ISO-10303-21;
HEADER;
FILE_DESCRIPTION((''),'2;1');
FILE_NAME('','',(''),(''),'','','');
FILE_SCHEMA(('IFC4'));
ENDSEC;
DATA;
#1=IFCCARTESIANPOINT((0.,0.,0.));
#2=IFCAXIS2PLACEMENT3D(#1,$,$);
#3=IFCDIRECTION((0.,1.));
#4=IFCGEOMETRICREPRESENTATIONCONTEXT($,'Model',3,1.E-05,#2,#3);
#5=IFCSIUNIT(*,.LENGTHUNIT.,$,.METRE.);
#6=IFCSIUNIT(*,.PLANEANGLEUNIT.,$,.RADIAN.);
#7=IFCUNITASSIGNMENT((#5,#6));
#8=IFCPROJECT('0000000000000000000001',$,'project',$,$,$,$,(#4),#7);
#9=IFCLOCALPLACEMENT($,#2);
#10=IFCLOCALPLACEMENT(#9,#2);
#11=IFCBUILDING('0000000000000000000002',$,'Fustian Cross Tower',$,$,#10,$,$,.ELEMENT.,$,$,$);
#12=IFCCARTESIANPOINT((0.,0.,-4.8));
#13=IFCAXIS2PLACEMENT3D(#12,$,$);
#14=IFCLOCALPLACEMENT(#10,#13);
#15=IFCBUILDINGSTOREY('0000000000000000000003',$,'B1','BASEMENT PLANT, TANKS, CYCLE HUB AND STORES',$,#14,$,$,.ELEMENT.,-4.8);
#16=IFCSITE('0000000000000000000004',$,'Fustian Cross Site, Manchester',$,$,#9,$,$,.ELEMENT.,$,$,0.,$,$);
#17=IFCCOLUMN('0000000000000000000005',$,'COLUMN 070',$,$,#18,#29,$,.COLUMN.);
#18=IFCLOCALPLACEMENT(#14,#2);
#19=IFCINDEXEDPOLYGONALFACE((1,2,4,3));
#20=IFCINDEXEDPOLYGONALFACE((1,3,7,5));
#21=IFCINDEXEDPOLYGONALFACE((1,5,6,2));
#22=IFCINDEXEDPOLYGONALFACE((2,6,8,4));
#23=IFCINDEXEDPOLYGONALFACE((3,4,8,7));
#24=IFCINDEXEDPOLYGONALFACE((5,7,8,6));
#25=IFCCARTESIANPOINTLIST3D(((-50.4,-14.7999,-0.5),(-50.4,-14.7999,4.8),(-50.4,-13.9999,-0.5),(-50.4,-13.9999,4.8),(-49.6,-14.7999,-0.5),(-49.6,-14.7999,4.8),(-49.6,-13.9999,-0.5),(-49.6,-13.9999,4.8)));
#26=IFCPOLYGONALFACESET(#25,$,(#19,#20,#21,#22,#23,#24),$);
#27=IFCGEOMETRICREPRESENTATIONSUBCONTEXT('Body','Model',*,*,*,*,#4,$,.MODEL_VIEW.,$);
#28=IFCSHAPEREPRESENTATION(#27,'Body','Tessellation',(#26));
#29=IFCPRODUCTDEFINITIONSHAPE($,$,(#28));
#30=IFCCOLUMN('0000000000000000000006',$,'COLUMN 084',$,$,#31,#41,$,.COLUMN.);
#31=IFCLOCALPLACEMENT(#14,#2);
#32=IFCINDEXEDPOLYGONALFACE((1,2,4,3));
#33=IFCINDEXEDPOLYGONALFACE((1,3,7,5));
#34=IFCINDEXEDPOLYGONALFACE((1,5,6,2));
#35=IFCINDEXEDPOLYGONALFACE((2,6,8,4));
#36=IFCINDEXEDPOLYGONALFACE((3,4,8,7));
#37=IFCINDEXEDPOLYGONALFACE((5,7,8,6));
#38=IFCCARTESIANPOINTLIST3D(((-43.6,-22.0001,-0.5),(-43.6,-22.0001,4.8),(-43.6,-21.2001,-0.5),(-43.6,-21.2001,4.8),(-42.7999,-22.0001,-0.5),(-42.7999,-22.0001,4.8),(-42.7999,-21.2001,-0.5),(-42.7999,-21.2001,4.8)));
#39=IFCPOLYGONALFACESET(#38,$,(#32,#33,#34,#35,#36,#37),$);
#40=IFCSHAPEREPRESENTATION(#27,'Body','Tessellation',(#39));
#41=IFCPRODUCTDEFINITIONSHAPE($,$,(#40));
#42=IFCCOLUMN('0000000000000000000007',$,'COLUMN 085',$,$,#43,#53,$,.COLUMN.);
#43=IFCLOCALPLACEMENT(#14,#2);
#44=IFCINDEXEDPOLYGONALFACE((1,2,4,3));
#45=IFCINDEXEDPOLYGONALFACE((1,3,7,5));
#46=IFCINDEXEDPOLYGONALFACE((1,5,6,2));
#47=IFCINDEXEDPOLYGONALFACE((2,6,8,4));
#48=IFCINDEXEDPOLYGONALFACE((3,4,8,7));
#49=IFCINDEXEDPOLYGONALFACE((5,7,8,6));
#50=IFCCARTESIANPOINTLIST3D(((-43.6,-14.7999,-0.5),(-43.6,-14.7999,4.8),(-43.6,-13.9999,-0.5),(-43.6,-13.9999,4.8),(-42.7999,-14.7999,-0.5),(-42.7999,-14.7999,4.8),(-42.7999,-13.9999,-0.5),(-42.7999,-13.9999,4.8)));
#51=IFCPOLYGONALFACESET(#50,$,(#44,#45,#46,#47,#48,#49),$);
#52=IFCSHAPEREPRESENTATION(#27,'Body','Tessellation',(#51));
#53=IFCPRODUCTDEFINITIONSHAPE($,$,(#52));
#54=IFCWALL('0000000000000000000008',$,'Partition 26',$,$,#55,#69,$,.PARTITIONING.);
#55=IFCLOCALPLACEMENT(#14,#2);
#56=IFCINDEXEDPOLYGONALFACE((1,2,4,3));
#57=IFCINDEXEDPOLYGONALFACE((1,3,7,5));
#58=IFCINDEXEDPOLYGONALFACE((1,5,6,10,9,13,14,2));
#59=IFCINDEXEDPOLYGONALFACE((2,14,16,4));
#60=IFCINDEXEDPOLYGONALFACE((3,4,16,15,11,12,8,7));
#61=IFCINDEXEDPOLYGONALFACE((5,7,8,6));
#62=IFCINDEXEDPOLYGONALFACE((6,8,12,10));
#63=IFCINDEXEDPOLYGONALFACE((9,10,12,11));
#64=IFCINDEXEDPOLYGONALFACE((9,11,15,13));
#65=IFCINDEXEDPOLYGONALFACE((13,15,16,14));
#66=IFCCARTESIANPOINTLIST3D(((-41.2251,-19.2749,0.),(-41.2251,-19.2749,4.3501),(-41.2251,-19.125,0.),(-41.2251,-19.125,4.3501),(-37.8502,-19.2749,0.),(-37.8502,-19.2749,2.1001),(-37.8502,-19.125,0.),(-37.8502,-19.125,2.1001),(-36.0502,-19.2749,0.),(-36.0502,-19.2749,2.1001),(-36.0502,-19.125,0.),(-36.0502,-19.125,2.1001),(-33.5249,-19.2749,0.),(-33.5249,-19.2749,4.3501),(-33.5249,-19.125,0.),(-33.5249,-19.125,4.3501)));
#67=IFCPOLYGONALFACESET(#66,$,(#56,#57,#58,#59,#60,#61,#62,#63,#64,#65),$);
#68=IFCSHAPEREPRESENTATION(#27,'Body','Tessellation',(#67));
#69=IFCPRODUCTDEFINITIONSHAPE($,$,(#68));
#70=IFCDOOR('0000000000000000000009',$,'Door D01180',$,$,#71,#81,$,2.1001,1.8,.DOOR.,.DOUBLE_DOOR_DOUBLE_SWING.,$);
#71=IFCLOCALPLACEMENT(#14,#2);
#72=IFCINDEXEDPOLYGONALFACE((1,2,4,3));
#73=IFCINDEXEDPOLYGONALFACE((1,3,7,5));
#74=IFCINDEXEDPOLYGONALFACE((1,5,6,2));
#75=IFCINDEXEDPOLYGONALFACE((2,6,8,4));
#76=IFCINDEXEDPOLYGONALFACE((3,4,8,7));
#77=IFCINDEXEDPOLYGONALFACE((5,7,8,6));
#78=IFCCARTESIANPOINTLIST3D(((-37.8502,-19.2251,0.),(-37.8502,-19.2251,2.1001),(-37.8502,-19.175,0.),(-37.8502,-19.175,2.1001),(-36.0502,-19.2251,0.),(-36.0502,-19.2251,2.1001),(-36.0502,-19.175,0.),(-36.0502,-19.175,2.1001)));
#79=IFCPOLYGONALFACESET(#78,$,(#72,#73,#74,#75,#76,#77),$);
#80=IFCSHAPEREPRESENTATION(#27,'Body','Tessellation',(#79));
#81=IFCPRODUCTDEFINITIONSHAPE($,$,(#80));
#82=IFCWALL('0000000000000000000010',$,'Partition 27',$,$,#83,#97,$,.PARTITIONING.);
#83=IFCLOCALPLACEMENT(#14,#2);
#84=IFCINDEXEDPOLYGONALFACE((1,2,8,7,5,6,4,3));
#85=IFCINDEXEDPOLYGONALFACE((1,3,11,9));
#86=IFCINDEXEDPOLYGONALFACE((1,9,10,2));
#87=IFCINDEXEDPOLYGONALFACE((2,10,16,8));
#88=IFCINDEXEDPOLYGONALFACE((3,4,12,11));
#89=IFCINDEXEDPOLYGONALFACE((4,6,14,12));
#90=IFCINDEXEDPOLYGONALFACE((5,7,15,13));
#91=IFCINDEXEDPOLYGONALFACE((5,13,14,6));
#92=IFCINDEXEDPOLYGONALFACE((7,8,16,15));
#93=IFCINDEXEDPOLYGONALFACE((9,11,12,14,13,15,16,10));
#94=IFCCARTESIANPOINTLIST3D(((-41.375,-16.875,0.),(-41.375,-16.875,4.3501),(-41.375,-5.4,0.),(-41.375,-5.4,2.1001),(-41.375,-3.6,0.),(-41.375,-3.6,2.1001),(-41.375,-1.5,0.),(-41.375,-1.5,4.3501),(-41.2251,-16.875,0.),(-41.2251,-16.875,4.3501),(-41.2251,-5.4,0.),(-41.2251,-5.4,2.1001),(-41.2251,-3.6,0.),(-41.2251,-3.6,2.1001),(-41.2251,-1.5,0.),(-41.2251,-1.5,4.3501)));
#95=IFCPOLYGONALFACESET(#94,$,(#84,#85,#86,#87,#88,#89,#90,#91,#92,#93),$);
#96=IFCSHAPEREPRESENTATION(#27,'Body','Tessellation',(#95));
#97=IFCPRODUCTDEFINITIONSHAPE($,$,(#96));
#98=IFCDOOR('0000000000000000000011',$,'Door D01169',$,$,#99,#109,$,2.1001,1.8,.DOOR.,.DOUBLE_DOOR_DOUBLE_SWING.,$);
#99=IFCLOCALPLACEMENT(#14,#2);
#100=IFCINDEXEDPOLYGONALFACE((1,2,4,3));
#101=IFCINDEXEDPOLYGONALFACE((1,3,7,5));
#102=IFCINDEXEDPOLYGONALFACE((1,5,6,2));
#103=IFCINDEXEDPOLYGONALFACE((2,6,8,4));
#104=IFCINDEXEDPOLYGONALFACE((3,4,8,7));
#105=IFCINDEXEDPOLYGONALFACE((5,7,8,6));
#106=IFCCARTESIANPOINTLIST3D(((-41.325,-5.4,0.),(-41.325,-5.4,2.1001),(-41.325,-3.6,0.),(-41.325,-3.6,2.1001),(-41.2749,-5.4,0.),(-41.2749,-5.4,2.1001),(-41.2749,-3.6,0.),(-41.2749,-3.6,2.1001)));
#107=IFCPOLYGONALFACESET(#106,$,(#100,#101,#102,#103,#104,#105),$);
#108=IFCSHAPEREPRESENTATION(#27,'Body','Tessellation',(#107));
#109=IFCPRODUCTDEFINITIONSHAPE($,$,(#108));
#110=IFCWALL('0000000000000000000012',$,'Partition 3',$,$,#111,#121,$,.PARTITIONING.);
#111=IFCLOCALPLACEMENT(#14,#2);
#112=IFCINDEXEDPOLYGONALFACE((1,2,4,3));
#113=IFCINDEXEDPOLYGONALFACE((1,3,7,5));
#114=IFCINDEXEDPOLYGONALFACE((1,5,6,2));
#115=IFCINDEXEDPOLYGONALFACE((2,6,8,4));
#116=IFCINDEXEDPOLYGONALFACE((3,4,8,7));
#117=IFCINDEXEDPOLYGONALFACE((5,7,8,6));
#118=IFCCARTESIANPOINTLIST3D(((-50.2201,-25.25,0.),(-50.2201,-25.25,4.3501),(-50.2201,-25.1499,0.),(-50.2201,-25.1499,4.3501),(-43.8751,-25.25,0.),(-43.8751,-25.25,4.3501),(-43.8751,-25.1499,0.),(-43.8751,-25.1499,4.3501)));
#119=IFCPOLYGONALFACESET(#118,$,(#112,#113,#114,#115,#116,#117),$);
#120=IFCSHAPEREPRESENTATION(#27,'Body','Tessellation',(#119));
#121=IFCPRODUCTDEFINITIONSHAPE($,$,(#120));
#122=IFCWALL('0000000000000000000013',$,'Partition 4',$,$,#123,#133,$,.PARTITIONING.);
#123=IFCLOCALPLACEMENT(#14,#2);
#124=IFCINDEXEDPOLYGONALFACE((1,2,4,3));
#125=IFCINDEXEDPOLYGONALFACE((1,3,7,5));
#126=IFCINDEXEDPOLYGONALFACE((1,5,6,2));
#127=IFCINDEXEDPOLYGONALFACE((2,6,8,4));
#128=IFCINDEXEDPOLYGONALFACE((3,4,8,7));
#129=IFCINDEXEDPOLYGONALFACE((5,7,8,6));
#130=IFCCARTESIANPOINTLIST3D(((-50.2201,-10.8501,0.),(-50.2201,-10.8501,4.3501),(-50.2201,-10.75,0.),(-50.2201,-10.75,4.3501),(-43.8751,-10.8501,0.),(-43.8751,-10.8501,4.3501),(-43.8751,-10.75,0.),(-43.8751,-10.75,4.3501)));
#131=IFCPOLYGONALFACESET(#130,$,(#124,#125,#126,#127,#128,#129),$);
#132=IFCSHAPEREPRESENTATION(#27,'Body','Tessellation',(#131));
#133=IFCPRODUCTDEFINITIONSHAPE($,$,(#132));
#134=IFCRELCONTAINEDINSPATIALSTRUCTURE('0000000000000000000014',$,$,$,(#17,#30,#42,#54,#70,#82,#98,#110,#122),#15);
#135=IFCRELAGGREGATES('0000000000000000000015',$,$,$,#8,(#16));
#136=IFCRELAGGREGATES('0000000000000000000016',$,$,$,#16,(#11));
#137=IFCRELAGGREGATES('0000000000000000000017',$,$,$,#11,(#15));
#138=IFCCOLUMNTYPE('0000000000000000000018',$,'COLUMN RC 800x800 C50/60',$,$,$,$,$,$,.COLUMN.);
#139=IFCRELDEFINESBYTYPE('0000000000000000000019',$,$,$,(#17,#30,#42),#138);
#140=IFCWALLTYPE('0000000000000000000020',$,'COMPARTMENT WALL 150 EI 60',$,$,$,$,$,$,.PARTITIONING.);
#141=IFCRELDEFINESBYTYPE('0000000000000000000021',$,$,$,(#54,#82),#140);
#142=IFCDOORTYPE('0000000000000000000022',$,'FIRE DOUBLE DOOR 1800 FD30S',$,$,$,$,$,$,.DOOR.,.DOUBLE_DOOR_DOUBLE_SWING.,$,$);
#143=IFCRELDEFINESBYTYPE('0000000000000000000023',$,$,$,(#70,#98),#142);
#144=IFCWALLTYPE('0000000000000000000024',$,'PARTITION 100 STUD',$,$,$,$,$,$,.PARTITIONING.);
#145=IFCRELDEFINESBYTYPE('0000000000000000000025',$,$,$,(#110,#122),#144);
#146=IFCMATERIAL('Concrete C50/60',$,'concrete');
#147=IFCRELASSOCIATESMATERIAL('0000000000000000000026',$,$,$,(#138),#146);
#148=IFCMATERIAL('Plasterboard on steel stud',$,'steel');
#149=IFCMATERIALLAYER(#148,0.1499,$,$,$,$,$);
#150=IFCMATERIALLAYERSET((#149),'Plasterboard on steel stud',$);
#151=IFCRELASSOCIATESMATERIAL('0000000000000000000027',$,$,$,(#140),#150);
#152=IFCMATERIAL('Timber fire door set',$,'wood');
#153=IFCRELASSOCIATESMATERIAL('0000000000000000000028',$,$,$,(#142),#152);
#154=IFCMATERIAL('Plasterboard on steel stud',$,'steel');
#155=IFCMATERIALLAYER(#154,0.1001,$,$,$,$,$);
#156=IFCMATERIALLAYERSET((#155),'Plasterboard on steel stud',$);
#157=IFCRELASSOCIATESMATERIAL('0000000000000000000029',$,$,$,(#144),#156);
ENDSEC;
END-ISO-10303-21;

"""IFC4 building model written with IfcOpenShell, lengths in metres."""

from ifc_helpers import new_model, si_unit, direction, frame, frame_2d, origin, origin_2d, place, context, subcontext, project, spatial, rectangle, extrude, material, layer, layer_set, material_profile, profile_set, type_object, element, fill, save


model = new_model("IFC4")

# Units and contexts
model_context = context("Model", 3, precision=1e-05, world=origin(), true_north=direction((0.0, 1.0)))
body_context = subcontext(model_context, "Body", "Model", "MODEL_VIEW")
ifc_project = project(units=[si_unit("LENGTHUNIT", "METRE"), si_unit("PLANEANGLEUNIT", "RADIAN")], contexts=[model_context])

# Site, building, storey
site_placement = place(None, origin())
site = spatial("IfcSite", under=ifc_project, at=site_placement, Name="Fustian Cross Site, Manchester", CompositionType="ELEMENT", RefElevation=0.0)
building_placement = place(site_placement, origin())
building = spatial("IfcBuilding", under=site, at=building_placement, Name="Fustian Cross Tower", CompositionType="ELEMENT")
storey_placement = place(building_placement, frame((0.0, 0.0, -4.8)))
storey = spatial("IfcBuildingStorey", under=building, at=storey_placement, Name="B1", Description="BASEMENT PLANT, TANKS, CYCLE HUB AND STORES", CompositionType="ELEMENT", Elevation=-4.8)

# Columns
ifc_material_1 = material(Name="Concrete C50/60", Category="concrete")
ifc_material_profile_1 = material_profile(ifc_material_1, rectangle(XDim=0.8, YDim=0.8, at=origin_2d()), Name="RC 800x800")
ifc_profile_set_1 = profile_set([ifc_material_profile_1], Name="Concrete C50/60")
column_type = type_object("IfcColumnType", Name="COLUMN RC 800x800 C50/60", PredefinedType="COLUMN", material=ifc_profile_set_1)
for number, where, z_axis, x_axis, name in (
    (1, (-50.0, -14.3999, -0.5), (0.0, 0.0, 1.0), (1.0, 0.0, 0.0), "COLUMN 070"),
    (2, (-43.2, -21.6001, -0.5), (0.0, 0.0, 1.0), (1.0, 0.0, 0.0), "COLUMN 084"),
    (3, (-43.2, -14.3999, -0.5), (0.0, 0.0, 1.0), (1.0, 0.0, 0.0), "COLUMN 085"),
):
    element("IfcColumn", number, at=place(storey_placement, frame(where, z_axis=z_axis, x_axis=x_axis)), inside=storey, type_object=column_type, Name=name, PredefinedType="COLUMN", context=body_context, shape_type="SweptSolid", body=[
        extrude(rectangle(XDim=0.8, YDim=0.8, at=origin_2d()), origin(), (0.0, 0.0, 1.0), 5.3),
    ])

# Walls, openings, doors
ifc_material_2 = material(Name="Plasterboard on steel stud", Category="steel")
ifc_layer_1 = layer(ifc_material_2, 0.1499)
ifc_layer_set_1 = layer_set([ifc_layer_1], Name="Plasterboard on steel stud")
wall_type_1 = type_object("IfcWallType", Name="COMPARTMENT WALL 150 EI 60", PredefinedType="PARTITIONING", material=ifc_layer_set_1)
wall_1_placement = place(storey_placement, frame((-41.2251, -19.2, 0.0), z_axis=(0.0, 0.0, 1.0), x_axis=(1.0, 0.0, 0.0)))
wall_1 = element("IfcWall", 4, at=wall_1_placement, inside=storey, type_object=wall_type_1, Name="Partition 26", PredefinedType="PARTITIONING", context=body_context, shape_type="SweptSolid", body=[
    extrude(rectangle(XDim=7.7002, YDim=0.1499, at=frame_2d((3.8501, 0.0))), origin(), (0.0, 0.0, 1.0), 4.3501),
])
opening_1_placement = place(wall_1_placement, frame((3.375, 0.0, 0.0)))
opening_1 = element("IfcOpeningElement", 5, at=opening_1_placement, cuts=wall_1, PredefinedType="OPENING", context=body_context, shape_type="SweptSolid", body=[
    extrude(rectangle(XDim=1.8, YDim=2.1001, at=frame_2d((0.8999, 1.05))), frame((0.0, 0.085, 0.0), z_axis=(0.0, -1.0, 0.0), x_axis=(1.0, 0.0, 0.0)), (0.0, 0.0, 1.0), 0.1699),
])
ifc_material_3 = material(Name="Timber fire door set", Category="wood")
door_type = type_object("IfcDoorType", Name="FIRE DOUBLE DOOR 1800 FD30S", OperationType="DOUBLE_DOOR_DOUBLE_SWING", PredefinedType="DOOR", material=ifc_material_3)
door_1_placement = place(opening_1_placement, origin())
door_1 = element("IfcDoor", 6, at=door_1_placement, inside=storey, type_object=door_type, Name="Door D01180", OperationType="DOUBLE_DOOR_DOUBLE_SWING", OverallHeight=2.1001, OverallWidth=1.8, PredefinedType="DOOR", context=body_context, shape_type="SweptSolid", body=[
    extrude(rectangle(XDim=1.8, YDim=2.1001, at=frame_2d((0.8999, 1.05))), frame((0.0, 0.0249, 0.0), z_axis=(0.0, -1.0, 0.0), x_axis=(1.0, 0.0, 0.0)), (0.0, 0.0, 1.0), 0.05),
])
fill(opening_1, door_1)
wall_2_placement = place(storey_placement, frame((-41.3, -16.875, 0.0), z_axis=(0.0, 0.0, 1.0), x_axis=(0.0, 1.0, 0.0)))
wall_2 = element("IfcWall", 7, at=wall_2_placement, inside=storey, type_object=wall_type_1, Name="Partition 27", PredefinedType="PARTITIONING", context=body_context, shape_type="SweptSolid", body=[
    extrude(rectangle(XDim=15.375, YDim=0.1499, at=frame_2d((7.6875, 0.0))), origin(), (0.0, 0.0, 1.0), 4.3501),
])
opening_2_placement = place(wall_2_placement, frame((11.4751, 0.0, 0.0)))
opening_2 = element("IfcOpeningElement", 8, at=opening_2_placement, cuts=wall_2, PredefinedType="OPENING", context=body_context, shape_type="SweptSolid", body=[
    extrude(rectangle(XDim=1.8, YDim=2.1001, at=frame_2d((0.8999, 1.05))), frame((0.0, 0.085, 0.0), z_axis=(0.0, -1.0, 0.0), x_axis=(1.0, 0.0, 0.0)), (0.0, 0.0, 1.0), 0.1699),
])
door_2_placement = place(opening_2_placement, origin())
door_2 = element("IfcDoor", 9, at=door_2_placement, inside=storey, type_object=door_type, Name="Door D01169", OperationType="DOUBLE_DOOR_DOUBLE_SWING", OverallHeight=2.1001, OverallWidth=1.8, PredefinedType="DOOR", context=body_context, shape_type="SweptSolid", body=[
    extrude(rectangle(XDim=1.8, YDim=2.1001, at=frame_2d((0.8999, 1.05))), frame((0.0, 0.0249, 0.0), z_axis=(0.0, -1.0, 0.0), x_axis=(1.0, 0.0, 0.0)), (0.0, 0.0, 1.0), 0.05),
])
fill(opening_2, door_2)

# Walls
ifc_material_4 = material(Name="Plasterboard on steel stud", Category="steel")
ifc_layer_2 = layer(ifc_material_4, 0.1001)
ifc_layer_set_2 = layer_set([ifc_layer_2], Name="Plasterboard on steel stud")
wall_type_2 = type_object("IfcWallType", Name="PARTITION 100 STUD", PredefinedType="PARTITIONING", material=ifc_layer_set_2)
for number, where, z_axis, x_axis, name in (
    (10, (-50.22, -25.2, 0.0), (0.0, 0.0, 1.0), (1.0, 0.0, 0.0), "Partition 3"),
    (11, (-50.22, -10.8, 0.0), (0.0, 0.0, 1.0), (1.0, 0.0, 0.0), "Partition 4"),
):
    element("IfcWall", number, at=place(storey_placement, frame(where, z_axis=z_axis, x_axis=x_axis)), inside=storey, type_object=wall_type_2, Name=name, PredefinedType="PARTITIONING", context=body_context, shape_type="SweptSolid", body=[
        extrude(rectangle(XDim=6.345, YDim=0.1001, at=frame_2d((3.1724, 0.0))), origin(), (0.0, 0.0, 1.0), 4.3501),
    ])

save(model, "model.ifc")
